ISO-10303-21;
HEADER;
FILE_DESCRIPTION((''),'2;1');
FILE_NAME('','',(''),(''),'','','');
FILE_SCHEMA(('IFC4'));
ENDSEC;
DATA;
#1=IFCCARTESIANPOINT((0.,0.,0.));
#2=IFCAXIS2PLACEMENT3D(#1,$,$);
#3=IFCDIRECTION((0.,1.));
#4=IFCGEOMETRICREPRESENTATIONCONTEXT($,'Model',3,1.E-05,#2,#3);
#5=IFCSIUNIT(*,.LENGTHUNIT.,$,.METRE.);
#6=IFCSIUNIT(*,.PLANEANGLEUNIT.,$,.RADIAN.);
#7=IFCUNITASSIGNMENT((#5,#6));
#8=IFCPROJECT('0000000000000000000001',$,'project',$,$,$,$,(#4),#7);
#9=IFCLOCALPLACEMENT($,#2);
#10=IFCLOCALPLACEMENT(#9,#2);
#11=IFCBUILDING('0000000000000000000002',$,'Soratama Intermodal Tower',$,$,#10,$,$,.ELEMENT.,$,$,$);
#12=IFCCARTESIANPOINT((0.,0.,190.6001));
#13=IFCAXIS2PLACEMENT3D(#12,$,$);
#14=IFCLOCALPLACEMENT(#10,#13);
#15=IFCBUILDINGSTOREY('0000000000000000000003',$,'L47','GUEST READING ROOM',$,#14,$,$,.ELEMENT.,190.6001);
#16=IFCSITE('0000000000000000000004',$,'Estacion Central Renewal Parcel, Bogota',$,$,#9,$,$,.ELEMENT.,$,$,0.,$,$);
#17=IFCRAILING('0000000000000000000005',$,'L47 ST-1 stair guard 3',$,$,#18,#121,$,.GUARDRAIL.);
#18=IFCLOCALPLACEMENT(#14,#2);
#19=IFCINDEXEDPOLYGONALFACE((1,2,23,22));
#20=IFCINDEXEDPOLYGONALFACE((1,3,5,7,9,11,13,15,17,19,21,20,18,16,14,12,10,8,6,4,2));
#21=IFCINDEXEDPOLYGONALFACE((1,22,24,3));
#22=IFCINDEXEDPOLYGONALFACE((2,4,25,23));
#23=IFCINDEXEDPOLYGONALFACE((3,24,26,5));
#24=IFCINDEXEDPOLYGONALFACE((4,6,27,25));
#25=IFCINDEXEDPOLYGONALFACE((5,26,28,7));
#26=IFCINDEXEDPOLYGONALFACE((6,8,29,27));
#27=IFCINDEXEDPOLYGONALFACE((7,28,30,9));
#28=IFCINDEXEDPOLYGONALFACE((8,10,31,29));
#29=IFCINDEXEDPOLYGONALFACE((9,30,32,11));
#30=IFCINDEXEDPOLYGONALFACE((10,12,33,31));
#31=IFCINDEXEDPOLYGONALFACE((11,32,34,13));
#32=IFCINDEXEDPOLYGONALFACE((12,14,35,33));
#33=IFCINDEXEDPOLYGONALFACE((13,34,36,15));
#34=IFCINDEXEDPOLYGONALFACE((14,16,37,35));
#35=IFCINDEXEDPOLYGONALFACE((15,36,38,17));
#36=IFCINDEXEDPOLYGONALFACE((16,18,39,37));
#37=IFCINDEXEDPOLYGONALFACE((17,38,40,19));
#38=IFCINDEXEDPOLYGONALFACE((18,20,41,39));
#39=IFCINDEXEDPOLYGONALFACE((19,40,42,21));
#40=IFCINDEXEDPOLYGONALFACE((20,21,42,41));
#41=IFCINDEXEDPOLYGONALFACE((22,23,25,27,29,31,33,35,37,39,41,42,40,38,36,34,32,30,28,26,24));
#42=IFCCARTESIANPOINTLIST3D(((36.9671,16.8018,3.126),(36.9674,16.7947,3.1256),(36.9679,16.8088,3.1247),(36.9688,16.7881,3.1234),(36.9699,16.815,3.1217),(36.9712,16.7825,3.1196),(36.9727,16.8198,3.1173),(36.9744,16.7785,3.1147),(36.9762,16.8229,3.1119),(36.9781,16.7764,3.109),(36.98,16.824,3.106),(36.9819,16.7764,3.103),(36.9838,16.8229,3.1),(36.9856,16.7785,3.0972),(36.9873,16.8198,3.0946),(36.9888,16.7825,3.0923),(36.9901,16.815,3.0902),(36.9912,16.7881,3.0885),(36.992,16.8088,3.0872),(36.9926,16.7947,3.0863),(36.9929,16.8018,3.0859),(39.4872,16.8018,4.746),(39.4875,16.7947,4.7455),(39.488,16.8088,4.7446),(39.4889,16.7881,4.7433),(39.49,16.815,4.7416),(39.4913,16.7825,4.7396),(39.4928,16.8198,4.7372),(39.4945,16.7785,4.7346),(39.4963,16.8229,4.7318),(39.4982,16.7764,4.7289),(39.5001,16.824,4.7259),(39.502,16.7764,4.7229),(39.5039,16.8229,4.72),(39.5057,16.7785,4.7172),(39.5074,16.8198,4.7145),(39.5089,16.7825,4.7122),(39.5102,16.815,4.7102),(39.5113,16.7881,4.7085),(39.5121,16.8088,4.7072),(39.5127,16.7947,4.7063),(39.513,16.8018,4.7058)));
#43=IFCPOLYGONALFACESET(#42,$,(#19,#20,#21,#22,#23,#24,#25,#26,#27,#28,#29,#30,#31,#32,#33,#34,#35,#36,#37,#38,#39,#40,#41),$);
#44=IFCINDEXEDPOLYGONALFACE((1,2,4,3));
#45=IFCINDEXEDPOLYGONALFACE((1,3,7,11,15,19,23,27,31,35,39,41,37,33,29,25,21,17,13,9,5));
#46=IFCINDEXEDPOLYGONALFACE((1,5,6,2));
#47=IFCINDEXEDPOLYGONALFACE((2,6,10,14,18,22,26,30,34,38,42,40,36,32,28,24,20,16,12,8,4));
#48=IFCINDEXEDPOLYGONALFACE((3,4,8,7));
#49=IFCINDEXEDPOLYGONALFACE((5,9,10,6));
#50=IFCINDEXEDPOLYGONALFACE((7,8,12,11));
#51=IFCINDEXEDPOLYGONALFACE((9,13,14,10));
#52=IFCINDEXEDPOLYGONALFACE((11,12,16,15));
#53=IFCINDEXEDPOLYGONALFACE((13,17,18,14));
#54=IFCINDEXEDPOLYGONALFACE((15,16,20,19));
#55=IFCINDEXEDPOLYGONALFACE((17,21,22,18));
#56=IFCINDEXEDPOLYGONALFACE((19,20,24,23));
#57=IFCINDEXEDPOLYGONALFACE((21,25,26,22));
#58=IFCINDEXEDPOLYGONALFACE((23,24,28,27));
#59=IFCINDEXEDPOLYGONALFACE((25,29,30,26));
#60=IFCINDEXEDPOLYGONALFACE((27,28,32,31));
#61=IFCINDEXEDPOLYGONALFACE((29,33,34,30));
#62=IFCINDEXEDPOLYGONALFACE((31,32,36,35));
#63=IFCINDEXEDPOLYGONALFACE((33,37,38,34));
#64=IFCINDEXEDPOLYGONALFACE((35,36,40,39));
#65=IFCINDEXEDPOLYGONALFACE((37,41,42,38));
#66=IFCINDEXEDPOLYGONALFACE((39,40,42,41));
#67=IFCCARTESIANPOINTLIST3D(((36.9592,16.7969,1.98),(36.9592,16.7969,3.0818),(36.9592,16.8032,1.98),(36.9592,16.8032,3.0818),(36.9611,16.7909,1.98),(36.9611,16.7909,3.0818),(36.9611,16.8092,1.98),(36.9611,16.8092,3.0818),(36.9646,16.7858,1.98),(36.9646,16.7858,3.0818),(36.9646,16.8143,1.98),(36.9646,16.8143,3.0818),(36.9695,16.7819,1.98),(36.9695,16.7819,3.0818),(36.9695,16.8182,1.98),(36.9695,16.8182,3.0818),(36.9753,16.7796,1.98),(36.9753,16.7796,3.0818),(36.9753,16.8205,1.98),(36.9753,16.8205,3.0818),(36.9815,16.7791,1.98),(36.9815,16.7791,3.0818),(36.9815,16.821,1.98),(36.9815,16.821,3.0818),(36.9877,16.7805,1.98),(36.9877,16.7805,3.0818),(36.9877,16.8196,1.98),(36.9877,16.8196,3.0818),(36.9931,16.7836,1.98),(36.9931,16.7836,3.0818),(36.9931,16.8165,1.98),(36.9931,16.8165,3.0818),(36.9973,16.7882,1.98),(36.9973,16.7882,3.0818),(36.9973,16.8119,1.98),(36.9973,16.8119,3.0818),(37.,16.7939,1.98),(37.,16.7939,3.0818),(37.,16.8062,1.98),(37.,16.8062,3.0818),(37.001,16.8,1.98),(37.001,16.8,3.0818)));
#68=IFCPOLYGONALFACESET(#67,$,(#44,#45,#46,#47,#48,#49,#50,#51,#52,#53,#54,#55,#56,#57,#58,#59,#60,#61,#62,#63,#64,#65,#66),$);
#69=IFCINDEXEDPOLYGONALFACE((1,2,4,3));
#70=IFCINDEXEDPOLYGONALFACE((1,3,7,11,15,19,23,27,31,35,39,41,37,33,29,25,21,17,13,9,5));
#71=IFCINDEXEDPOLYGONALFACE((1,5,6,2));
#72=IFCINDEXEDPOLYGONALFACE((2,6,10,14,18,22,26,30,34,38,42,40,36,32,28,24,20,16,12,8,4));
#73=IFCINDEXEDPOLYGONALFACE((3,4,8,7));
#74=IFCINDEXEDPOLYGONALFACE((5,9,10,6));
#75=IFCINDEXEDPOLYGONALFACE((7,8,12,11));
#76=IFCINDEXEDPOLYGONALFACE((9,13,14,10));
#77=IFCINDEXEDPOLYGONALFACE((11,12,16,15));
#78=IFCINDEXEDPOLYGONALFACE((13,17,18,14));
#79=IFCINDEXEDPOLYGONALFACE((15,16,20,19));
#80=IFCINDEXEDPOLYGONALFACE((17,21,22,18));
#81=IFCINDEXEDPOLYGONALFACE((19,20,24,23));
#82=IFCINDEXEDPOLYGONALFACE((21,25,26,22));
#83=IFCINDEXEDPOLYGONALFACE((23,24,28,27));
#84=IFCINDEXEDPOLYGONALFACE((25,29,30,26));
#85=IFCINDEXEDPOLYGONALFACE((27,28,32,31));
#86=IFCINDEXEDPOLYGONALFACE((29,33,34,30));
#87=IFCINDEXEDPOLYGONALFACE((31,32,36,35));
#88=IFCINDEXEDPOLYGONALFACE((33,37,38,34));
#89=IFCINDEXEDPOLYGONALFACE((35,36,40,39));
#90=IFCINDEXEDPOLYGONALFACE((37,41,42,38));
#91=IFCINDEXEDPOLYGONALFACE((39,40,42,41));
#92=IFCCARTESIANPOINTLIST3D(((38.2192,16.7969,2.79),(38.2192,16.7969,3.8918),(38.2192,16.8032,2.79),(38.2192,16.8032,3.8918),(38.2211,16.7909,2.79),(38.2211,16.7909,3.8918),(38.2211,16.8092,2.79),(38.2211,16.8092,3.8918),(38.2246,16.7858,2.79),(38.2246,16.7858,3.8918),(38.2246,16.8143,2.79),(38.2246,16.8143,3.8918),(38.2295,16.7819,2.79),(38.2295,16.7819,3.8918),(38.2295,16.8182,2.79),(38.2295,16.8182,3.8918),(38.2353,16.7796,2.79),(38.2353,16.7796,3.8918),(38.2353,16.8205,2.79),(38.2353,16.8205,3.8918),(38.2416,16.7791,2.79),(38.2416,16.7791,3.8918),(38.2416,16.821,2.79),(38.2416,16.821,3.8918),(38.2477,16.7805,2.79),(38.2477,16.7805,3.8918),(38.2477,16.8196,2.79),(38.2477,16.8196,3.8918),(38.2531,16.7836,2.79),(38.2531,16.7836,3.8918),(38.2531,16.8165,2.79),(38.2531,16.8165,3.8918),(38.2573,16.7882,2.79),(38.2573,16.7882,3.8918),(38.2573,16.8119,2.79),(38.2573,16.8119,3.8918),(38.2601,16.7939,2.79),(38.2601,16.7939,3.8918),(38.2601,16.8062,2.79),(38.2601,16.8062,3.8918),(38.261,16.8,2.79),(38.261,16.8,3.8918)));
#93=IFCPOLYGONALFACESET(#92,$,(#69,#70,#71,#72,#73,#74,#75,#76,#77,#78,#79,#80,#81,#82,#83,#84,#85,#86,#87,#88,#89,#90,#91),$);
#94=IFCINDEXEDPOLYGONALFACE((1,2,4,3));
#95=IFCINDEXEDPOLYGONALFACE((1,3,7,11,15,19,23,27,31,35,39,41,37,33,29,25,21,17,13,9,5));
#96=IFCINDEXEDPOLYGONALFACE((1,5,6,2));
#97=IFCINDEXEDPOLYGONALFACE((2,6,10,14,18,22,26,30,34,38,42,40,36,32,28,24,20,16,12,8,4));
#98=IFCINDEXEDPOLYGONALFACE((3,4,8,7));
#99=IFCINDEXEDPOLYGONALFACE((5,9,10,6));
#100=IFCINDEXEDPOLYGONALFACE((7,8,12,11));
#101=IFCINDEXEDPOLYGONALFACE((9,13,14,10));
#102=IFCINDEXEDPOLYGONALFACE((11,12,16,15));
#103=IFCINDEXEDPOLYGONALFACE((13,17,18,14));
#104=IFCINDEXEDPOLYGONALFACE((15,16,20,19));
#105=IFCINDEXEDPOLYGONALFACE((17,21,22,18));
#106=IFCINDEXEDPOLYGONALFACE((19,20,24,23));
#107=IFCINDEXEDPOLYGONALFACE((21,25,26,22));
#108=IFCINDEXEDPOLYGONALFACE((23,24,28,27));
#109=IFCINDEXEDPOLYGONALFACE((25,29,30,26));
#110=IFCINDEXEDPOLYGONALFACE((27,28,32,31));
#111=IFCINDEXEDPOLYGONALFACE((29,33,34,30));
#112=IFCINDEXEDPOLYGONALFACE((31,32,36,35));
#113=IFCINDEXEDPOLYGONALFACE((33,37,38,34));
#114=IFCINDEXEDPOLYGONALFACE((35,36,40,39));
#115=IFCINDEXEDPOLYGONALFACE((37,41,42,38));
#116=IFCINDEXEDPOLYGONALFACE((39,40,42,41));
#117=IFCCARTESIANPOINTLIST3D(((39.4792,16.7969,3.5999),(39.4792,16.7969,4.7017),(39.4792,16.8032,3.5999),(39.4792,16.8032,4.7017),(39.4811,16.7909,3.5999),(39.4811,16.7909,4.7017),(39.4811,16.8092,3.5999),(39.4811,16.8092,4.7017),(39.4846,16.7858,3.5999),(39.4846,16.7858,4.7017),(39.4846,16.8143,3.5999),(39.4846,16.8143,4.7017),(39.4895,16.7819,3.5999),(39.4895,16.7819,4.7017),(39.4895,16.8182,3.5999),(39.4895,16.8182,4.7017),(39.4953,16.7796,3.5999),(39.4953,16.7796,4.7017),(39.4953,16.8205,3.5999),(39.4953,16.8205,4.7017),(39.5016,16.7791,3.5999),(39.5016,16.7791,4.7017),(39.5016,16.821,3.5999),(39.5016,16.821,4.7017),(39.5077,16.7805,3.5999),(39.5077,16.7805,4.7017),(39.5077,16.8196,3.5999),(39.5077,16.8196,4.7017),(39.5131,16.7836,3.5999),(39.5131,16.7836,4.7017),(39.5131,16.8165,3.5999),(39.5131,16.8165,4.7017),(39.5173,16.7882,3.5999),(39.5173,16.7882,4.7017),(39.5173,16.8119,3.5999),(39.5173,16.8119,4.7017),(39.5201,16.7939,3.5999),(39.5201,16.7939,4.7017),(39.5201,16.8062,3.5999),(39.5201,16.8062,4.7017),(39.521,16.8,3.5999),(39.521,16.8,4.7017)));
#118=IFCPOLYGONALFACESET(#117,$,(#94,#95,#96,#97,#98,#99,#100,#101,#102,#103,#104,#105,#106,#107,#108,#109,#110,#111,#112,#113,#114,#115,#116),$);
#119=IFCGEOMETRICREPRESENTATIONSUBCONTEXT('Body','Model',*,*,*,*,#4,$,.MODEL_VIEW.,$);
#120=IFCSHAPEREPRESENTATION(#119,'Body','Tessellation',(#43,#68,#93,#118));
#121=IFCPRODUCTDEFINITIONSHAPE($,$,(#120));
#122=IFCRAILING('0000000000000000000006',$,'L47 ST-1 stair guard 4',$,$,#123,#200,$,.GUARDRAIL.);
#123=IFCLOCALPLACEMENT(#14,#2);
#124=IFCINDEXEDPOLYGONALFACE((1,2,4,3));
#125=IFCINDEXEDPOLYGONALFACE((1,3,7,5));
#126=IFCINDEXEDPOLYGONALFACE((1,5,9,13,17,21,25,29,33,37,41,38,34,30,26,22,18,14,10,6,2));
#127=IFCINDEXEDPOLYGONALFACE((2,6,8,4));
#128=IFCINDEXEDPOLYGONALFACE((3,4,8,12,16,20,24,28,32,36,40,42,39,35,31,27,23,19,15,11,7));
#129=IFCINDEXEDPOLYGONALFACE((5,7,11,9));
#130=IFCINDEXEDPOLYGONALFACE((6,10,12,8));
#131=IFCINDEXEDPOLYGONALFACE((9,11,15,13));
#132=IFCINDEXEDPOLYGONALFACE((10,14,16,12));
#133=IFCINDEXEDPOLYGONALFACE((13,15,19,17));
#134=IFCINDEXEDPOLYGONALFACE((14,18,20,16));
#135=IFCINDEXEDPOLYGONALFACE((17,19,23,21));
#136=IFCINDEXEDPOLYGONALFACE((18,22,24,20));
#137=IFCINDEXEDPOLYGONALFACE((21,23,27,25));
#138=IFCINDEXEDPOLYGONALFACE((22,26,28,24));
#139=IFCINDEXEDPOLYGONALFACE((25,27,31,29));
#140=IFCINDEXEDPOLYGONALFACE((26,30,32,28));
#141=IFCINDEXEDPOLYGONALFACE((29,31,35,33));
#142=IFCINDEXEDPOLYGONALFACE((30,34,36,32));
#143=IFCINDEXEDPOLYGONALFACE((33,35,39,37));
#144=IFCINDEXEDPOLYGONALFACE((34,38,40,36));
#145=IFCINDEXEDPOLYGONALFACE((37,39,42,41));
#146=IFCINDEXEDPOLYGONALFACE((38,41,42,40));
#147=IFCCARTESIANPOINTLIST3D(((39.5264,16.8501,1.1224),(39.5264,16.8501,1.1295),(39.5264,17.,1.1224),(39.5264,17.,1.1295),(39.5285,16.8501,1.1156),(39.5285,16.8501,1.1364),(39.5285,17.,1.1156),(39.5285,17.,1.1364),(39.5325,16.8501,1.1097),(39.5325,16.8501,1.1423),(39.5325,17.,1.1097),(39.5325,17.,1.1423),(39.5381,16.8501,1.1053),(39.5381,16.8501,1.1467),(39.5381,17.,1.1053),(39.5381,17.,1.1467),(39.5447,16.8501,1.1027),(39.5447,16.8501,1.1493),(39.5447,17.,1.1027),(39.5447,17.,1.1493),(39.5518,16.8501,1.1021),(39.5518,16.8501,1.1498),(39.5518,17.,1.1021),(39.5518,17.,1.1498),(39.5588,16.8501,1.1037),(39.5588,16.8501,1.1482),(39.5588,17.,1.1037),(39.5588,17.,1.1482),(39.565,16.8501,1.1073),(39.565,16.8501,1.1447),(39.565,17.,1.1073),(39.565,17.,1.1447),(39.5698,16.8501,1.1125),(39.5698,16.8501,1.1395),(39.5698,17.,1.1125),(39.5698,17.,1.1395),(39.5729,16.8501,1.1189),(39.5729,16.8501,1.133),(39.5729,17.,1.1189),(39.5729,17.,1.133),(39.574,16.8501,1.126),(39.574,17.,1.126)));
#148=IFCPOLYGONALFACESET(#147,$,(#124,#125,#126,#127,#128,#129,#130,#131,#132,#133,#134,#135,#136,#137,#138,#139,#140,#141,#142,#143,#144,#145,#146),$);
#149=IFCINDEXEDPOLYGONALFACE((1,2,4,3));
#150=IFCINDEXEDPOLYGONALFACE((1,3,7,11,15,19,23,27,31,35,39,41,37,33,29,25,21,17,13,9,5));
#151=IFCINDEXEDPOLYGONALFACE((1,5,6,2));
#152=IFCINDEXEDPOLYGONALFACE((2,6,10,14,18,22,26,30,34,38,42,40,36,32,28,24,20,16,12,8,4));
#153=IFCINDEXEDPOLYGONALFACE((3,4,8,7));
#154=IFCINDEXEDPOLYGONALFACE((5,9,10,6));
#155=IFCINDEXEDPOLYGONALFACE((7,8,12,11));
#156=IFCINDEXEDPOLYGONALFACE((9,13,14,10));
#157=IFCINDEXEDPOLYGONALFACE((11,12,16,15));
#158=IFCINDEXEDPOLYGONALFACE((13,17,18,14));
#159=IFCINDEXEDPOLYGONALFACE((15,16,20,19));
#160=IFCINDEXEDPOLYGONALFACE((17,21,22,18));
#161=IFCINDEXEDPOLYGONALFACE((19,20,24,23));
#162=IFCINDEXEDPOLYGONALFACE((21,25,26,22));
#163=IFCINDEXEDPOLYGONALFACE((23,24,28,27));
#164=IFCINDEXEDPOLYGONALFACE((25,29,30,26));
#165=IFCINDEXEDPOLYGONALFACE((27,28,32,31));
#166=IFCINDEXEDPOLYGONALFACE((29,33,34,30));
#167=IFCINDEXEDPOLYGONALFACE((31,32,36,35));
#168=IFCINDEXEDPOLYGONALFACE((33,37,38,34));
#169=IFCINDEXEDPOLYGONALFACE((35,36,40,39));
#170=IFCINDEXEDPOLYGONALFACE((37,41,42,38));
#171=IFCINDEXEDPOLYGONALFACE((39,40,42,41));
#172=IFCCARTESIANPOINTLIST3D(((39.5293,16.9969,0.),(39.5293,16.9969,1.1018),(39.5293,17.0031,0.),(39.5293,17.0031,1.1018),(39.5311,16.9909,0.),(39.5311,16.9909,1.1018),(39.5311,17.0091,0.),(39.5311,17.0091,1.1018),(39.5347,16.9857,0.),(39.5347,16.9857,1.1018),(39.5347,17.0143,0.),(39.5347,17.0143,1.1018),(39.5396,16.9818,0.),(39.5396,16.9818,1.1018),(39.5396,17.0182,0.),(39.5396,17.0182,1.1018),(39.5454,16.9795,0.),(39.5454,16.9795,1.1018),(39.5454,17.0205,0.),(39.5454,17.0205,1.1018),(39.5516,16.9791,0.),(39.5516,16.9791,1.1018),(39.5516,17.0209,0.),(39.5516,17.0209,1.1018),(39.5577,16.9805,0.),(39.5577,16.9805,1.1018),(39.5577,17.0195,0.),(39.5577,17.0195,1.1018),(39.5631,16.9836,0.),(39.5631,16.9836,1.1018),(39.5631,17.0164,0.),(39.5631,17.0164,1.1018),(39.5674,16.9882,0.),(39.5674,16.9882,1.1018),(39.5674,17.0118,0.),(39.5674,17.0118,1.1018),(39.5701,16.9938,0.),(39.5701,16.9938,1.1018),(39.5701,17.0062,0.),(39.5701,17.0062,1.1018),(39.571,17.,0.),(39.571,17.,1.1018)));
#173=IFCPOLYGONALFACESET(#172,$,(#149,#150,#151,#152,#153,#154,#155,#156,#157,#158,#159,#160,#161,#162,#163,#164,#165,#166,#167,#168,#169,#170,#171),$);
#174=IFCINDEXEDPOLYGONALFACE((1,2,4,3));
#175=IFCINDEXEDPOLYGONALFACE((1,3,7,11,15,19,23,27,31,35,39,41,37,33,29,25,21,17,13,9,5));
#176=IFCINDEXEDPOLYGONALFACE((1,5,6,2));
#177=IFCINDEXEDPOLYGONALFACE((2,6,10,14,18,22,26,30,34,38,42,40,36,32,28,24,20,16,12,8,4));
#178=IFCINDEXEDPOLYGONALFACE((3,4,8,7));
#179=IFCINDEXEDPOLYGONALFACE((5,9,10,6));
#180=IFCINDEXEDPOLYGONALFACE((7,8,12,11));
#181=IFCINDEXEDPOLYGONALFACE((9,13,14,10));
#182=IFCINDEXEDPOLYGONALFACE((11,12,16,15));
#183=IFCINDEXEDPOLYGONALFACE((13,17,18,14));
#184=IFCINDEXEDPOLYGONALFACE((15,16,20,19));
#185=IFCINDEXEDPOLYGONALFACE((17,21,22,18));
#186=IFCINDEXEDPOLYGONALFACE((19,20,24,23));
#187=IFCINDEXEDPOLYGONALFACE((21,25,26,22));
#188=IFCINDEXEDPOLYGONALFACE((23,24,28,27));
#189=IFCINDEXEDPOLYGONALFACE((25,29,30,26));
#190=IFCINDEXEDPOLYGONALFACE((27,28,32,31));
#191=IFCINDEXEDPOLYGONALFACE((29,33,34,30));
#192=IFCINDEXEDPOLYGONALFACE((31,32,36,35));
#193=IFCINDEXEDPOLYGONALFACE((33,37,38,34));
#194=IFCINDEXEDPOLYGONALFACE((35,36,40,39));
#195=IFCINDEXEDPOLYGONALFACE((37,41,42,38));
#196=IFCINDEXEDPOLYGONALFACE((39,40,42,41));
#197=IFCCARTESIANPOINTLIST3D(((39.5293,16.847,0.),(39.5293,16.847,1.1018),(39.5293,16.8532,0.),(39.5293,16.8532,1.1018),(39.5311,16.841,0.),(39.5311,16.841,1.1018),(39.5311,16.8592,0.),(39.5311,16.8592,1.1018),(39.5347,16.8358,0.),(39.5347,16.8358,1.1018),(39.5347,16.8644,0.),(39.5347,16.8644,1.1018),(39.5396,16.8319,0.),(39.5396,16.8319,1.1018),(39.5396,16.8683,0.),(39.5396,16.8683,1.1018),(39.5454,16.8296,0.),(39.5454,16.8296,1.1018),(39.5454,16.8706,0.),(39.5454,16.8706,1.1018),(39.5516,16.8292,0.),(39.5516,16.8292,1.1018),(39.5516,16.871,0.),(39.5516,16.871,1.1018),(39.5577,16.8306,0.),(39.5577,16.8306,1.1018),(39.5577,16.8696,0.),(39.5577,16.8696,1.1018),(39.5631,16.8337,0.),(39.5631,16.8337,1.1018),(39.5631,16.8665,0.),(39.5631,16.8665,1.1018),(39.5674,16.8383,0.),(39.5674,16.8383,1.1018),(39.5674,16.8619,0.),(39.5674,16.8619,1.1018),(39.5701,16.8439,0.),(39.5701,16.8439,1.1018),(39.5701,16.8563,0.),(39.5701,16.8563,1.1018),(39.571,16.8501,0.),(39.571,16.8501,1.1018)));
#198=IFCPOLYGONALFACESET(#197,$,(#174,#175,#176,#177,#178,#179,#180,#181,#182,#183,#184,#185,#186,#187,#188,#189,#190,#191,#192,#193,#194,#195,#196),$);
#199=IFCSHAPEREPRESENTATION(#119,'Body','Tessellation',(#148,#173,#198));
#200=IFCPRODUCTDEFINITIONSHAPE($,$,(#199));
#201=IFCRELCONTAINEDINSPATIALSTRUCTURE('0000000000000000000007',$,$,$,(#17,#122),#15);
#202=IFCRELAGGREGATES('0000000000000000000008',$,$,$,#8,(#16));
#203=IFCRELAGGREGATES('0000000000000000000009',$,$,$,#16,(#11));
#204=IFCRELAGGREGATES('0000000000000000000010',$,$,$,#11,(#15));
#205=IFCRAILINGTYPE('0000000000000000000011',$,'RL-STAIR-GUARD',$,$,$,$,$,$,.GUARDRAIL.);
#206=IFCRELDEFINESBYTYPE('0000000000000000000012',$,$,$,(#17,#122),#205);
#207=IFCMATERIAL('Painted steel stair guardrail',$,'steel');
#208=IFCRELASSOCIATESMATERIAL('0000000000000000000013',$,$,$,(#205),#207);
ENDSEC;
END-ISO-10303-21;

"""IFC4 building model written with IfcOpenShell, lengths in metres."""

from ifc_helpers import new_model, si_unit, direction, frame, origin, origin_2d, place, context, subcontext, project, spatial, circle, extrude, material, type_object, element, save


model = new_model("IFC4")

# Units and contexts
model_context = context("Model", 3, precision=1e-05, world=origin(), true_north=direction((0.0, 1.0)))
body_context = subcontext(model_context, "Body", "Model", "MODEL_VIEW")
ifc_project = project(units=[si_unit("LENGTHUNIT", "METRE"), si_unit("PLANEANGLEUNIT", "RADIAN")], contexts=[model_context])

# Site, building, storey
site_placement = place(None, origin())
site = spatial("IfcSite", under=ifc_project, at=site_placement, Name="Estacion Central Renewal Parcel, Bogota", CompositionType="ELEMENT", RefElevation=0.0)
building_placement = place(site_placement, origin())
building = spatial("IfcBuilding", under=site, at=building_placement, Name="Soratama Intermodal Tower", CompositionType="ELEMENT")
storey_placement = place(building_placement, frame((0.0, 0.0, 190.6001)))
storey = spatial("IfcBuildingStorey", under=building, at=storey_placement, Name="L47", Description="GUEST READING ROOM", CompositionType="ELEMENT", Elevation=190.6001)

# Railings
ifc_material_1 = material(Name="Painted steel stair guardrail", Category="steel")
railing_type_1 = type_object("IfcRailingType", Name="RL-STAIR-GUARD", PredefinedType="GUARDRAIL", material=ifc_material_1)
railing_1_placement = place(storey_placement, frame((36.98, 16.8, 1.98)))
element("IfcRailing", 1, at=railing_1_placement, inside=storey, type_object=railing_type_1, Name="L47 ST-1 stair guard 3", PredefinedType="GUARDRAIL", context=body_context, shape_type="SweptSolid", body=[
    extrude(circle(Radius=0.0239, at=origin_2d()), frame((0.0, 0.0, 1.126), z_axis=(0.8412, 0.0, 0.540725), x_axis=(0.0, 1.0, 0.0)), (0.0, 0.0, 1.0), 2.9958),
    extrude(circle(Radius=0.021, at=origin_2d()), origin(), (0.0, 0.0, 1.0), 1.1018),
    extrude(circle(Radius=0.021, at=origin_2d()), frame((1.26, 0.0, 0.8101)), (0.0, 0.0, 1.0), 1.1018),
    extrude(circle(Radius=0.021, at=origin_2d()), frame((2.52, 0.0, 1.6199)), (0.0, 0.0, 1.0), 1.1018),
])
railing_2_placement = place(storey_placement, frame((39.55, 17.0, 0.0)))
element("IfcRailing", 2, at=railing_2_placement, inside=storey, type_object=railing_type_1, Name="L47 ST-1 stair guard 4", PredefinedType="GUARDRAIL", context=body_context, shape_type="SweptSolid", body=[
    extrude(circle(Radius=0.0239, at=origin_2d()), frame((0.0, 0.0, 1.126), z_axis=(0.0, -1.0, 0.0), x_axis=(1.0, 0.0, 0.0)), (0.0, 0.0, 1.0), 0.1499),
    extrude(circle(Radius=0.021, at=origin_2d()), origin(), (0.0, 0.0, 1.0), 1.1018),
    extrude(circle(Radius=0.021, at=origin_2d()), frame((0.0, -0.1499, 0.0)), (0.0, 0.0, 1.0), 1.1018),
])

save(model, "model.ifc")
